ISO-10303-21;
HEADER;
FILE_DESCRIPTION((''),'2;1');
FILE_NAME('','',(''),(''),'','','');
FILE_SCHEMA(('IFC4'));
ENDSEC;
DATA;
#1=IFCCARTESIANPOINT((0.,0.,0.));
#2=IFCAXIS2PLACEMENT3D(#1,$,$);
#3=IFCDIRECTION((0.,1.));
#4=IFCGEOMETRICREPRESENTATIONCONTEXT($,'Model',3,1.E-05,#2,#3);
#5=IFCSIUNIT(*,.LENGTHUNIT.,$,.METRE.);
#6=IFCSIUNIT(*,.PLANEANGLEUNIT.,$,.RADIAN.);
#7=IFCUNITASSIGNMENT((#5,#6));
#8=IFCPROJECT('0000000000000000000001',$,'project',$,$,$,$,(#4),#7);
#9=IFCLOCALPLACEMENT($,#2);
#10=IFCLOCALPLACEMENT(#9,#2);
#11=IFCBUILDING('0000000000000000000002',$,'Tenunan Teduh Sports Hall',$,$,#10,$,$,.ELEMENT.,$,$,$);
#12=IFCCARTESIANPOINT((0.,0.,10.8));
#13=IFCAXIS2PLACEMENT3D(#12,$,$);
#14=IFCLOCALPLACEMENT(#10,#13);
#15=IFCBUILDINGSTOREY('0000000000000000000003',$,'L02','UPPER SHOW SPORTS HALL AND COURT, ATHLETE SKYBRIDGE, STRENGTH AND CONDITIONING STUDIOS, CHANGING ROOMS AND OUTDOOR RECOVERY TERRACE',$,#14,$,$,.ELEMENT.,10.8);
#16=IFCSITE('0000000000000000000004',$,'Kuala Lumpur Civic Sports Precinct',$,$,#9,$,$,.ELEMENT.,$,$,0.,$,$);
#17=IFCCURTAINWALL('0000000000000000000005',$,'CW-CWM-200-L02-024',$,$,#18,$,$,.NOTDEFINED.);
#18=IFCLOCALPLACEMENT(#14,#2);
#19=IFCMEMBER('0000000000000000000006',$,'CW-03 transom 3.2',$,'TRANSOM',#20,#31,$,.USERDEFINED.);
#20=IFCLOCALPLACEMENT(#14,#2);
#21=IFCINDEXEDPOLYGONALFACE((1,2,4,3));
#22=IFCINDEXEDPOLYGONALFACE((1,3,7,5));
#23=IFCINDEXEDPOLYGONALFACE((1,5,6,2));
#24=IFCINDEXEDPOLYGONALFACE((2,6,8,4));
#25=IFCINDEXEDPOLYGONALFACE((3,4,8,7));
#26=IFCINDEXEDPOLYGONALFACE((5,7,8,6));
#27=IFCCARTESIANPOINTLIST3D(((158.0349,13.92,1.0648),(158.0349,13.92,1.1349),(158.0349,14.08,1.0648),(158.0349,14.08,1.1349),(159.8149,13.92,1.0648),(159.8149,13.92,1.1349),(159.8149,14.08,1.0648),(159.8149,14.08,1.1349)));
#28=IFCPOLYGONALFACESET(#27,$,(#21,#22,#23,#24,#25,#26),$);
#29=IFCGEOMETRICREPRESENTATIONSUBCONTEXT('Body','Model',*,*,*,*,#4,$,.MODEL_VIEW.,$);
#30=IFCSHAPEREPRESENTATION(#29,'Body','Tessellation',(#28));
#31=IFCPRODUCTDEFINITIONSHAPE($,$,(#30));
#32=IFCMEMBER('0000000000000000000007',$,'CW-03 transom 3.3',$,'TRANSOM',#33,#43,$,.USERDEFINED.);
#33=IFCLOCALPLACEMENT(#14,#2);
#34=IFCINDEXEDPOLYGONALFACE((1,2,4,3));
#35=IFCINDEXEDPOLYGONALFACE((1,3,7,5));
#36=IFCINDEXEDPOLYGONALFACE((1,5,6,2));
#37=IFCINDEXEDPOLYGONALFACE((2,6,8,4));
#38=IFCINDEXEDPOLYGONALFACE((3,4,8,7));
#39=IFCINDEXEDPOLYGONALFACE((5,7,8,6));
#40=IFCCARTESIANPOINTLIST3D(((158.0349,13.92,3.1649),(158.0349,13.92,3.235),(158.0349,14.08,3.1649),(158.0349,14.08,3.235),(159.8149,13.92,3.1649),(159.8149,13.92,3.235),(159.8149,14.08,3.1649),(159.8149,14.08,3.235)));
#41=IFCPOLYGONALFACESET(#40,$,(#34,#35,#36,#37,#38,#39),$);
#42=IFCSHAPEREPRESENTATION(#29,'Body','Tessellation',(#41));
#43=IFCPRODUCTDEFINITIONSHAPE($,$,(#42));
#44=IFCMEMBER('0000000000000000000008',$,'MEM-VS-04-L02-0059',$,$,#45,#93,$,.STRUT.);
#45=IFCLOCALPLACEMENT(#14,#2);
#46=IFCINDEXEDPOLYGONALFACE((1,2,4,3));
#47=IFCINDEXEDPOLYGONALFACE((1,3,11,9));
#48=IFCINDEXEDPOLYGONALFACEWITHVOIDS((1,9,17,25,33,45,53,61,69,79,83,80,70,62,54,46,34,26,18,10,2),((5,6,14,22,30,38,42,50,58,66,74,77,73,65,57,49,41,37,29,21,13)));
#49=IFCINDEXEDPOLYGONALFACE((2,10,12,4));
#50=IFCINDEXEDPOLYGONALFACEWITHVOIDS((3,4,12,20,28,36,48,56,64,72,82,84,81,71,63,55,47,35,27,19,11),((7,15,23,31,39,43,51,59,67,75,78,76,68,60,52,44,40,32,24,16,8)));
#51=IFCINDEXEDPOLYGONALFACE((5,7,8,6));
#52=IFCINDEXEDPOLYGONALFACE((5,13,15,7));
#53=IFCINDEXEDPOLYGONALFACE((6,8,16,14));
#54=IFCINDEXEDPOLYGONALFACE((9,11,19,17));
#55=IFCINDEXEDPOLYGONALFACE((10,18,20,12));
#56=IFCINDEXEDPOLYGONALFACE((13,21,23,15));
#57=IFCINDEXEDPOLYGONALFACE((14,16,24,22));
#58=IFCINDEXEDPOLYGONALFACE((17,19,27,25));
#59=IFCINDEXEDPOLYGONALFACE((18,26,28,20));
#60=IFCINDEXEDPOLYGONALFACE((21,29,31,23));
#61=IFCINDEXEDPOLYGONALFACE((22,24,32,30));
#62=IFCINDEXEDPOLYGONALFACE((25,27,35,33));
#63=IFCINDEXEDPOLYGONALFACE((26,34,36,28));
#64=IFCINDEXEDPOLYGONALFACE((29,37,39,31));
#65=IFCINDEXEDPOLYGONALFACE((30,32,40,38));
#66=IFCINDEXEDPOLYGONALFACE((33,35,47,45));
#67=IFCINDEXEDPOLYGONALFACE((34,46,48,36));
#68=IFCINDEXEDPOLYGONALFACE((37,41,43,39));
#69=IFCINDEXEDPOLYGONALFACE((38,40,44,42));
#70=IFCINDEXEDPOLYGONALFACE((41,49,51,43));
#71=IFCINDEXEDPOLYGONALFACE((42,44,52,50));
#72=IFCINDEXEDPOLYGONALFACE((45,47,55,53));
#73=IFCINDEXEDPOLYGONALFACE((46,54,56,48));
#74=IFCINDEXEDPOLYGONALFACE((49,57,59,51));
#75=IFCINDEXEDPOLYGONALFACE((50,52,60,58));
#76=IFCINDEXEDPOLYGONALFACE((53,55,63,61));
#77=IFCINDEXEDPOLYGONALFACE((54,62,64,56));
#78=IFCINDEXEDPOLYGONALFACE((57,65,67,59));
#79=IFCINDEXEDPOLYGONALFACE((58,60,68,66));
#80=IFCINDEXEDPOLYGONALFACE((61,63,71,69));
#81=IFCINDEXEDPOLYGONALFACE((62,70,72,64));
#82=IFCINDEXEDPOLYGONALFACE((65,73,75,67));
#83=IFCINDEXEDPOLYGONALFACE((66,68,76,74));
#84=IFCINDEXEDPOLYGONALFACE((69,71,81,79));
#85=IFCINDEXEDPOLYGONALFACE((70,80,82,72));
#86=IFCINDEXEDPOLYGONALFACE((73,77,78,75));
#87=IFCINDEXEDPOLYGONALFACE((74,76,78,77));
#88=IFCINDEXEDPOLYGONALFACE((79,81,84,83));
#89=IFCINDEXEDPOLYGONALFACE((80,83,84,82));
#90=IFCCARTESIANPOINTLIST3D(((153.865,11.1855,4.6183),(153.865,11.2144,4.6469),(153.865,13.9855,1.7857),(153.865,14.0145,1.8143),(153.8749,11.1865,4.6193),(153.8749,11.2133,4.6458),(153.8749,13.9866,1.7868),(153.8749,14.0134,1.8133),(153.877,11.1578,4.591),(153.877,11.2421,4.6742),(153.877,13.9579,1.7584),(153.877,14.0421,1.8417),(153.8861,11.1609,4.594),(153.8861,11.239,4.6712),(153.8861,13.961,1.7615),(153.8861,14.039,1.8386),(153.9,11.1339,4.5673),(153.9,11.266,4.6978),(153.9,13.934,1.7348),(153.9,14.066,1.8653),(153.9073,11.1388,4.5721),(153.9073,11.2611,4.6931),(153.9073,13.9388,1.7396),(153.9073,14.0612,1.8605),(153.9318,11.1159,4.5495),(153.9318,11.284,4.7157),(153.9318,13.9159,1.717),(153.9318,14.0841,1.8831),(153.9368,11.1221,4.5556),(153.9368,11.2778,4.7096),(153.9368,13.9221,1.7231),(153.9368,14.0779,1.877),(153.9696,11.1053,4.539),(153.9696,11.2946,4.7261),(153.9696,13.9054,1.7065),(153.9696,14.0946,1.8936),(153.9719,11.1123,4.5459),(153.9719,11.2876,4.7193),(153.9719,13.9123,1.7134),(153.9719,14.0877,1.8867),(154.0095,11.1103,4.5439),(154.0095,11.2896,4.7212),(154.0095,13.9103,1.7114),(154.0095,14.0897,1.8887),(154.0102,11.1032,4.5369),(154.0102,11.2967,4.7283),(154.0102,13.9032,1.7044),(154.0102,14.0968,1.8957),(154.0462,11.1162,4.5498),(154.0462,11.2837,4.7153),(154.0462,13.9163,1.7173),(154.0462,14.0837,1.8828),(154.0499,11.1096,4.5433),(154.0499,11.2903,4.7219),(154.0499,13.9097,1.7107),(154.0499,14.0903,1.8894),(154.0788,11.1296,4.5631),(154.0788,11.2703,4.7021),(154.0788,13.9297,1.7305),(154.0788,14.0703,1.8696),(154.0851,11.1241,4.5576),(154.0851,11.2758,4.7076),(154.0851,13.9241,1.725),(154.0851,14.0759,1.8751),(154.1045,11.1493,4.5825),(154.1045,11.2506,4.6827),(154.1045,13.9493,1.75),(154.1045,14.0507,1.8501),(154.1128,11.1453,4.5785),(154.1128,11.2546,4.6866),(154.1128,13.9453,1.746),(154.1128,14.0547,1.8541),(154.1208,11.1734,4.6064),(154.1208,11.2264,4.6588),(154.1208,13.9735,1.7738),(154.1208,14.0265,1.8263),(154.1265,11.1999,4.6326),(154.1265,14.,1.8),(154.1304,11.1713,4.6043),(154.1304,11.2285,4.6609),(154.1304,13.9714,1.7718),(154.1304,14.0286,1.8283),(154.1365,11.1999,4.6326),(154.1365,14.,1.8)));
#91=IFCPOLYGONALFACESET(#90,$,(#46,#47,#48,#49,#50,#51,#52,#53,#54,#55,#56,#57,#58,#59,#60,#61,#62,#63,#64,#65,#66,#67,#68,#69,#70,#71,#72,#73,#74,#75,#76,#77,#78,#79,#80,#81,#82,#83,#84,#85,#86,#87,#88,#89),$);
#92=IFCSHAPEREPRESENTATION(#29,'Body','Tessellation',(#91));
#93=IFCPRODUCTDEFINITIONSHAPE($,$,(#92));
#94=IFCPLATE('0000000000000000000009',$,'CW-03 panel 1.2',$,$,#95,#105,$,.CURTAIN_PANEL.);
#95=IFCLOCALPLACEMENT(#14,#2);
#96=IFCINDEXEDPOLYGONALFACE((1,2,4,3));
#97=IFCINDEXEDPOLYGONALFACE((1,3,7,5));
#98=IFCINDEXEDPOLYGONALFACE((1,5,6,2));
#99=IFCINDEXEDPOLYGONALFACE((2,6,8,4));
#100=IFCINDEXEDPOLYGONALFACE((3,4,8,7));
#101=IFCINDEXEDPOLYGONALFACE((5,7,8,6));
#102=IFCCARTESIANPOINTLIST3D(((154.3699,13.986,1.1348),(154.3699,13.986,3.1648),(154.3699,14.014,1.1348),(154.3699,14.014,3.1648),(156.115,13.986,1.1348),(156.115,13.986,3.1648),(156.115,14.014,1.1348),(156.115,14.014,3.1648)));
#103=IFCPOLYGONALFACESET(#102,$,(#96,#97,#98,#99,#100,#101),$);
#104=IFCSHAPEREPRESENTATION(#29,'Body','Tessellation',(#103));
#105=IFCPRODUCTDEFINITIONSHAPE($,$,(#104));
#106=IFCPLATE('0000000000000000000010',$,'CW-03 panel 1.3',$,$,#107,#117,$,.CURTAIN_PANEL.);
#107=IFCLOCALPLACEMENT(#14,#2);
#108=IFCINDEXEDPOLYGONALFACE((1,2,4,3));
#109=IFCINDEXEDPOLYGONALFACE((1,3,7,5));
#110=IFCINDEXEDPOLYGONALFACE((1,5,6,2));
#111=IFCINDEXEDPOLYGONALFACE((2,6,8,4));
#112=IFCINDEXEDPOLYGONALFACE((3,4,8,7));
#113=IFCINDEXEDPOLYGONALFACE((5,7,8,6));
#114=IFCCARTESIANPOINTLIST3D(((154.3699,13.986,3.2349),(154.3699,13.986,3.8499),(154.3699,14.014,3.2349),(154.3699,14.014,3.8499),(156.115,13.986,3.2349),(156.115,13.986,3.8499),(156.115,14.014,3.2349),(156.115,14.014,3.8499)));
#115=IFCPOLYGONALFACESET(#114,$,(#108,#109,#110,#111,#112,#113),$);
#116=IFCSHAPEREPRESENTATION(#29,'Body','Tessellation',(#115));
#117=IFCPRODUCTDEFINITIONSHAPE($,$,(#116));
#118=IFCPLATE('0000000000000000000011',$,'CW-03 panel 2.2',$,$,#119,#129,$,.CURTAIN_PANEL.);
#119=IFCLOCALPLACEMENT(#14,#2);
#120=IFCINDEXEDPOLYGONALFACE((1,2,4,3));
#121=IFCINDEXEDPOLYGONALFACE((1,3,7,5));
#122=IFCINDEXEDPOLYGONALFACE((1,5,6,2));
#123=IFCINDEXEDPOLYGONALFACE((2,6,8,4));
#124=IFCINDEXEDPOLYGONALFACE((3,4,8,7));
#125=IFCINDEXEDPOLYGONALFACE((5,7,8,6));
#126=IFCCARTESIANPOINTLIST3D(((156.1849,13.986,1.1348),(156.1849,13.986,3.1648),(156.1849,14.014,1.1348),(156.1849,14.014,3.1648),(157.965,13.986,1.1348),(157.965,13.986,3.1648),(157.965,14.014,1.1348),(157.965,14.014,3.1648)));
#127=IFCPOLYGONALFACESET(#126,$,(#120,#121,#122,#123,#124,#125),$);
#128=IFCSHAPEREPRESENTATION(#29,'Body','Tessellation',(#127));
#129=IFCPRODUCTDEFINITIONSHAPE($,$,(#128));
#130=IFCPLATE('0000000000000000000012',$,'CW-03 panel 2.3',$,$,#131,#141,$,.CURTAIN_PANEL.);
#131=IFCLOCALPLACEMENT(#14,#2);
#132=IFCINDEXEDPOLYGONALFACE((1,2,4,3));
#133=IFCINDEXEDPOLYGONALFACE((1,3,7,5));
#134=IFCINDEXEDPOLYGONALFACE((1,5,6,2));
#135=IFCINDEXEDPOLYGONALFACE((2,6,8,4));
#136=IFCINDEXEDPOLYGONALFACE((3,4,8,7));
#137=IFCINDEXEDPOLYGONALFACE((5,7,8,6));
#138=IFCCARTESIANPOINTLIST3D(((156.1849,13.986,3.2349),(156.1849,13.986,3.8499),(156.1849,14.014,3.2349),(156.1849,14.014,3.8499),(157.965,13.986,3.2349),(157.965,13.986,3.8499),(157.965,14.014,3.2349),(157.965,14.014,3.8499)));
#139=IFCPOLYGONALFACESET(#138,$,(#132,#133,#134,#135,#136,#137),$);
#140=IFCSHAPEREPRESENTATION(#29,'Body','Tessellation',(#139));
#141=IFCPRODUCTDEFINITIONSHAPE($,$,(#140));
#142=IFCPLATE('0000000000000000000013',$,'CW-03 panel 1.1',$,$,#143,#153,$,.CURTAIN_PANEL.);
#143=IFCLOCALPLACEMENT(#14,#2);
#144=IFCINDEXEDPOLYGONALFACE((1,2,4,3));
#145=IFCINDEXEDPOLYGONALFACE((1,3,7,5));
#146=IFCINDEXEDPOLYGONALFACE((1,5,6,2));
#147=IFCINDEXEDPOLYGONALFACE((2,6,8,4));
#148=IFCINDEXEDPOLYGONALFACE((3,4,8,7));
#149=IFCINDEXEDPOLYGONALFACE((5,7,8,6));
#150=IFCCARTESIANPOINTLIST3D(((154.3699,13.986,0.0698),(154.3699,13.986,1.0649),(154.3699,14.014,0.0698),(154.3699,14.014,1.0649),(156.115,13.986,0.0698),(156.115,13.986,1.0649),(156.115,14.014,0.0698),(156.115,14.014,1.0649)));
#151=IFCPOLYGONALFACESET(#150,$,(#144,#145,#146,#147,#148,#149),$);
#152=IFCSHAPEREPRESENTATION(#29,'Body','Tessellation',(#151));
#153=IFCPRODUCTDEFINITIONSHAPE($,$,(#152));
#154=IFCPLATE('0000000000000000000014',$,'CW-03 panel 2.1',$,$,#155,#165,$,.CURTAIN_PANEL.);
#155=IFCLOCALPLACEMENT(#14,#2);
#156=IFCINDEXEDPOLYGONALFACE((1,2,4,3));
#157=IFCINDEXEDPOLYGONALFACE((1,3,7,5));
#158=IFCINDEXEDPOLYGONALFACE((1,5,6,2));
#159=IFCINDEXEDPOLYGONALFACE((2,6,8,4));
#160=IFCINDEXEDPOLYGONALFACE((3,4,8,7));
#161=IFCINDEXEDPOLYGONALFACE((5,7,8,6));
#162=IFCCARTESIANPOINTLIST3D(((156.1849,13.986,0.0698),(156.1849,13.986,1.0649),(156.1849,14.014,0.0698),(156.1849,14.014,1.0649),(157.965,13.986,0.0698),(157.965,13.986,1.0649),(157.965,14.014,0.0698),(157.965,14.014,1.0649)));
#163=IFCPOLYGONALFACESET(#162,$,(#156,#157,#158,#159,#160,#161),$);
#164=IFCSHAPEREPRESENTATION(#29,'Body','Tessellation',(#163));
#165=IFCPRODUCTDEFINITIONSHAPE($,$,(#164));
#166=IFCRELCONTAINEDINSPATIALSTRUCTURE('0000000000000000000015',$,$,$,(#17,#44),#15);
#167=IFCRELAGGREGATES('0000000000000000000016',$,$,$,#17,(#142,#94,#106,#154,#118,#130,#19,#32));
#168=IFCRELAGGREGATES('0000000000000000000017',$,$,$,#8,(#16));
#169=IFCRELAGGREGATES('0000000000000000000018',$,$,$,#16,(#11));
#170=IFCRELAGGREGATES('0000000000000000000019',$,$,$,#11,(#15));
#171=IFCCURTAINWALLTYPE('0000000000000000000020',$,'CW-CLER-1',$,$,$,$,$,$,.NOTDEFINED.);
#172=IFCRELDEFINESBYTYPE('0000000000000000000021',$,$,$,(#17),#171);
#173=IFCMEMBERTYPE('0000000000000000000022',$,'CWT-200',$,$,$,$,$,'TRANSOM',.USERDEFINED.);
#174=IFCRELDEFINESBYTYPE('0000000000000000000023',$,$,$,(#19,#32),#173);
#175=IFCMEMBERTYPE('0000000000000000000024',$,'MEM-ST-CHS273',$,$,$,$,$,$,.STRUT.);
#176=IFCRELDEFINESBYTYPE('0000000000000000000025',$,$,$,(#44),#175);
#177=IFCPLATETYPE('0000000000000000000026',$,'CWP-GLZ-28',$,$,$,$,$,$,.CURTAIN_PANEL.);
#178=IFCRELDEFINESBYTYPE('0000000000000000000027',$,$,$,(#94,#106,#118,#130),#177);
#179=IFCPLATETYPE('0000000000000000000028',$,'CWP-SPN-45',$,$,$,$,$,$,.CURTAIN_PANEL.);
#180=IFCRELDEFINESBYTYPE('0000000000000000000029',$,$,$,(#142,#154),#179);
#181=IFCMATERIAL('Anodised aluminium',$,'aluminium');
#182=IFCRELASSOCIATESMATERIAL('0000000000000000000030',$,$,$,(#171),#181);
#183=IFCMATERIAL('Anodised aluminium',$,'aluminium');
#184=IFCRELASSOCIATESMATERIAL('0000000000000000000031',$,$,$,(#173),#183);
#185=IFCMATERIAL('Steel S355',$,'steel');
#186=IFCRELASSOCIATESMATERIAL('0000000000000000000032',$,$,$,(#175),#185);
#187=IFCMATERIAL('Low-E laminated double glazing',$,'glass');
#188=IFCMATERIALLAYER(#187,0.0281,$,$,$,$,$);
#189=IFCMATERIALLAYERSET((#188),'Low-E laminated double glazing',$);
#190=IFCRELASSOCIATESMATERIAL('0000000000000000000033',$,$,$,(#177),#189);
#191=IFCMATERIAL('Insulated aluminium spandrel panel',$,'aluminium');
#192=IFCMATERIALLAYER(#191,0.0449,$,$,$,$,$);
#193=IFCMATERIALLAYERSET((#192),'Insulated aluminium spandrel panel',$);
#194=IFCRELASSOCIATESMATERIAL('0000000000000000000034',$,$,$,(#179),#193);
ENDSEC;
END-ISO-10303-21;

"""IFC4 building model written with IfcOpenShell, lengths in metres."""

from ifc_helpers import new_model, si_unit, direction, frame, origin, origin_2d, place, context, subcontext, project, spatial, rectangle, hollow_circle, extrude, material, layer, layer_set, material_profile, profile_set, type_object, element, aggregate, save


model = new_model("IFC4")

# Units and contexts
model_context = context("Model", 3, precision=1e-05, world=origin(), true_north=direction((0.0, 1.0)))
body_context = subcontext(model_context, "Body", "Model", "MODEL_VIEW")
ifc_project = project(units=[si_unit("LENGTHUNIT", "METRE"), si_unit("PLANEANGLEUNIT", "RADIAN")], contexts=[model_context])

# Site, building, storey
site_placement = place(None, origin())
site = spatial("IfcSite", under=ifc_project, at=site_placement, Name="Kuala Lumpur Civic Sports Precinct", CompositionType="ELEMENT", RefElevation=0.0)
building_placement = place(site_placement, origin())
building = spatial("IfcBuilding", under=site, at=building_placement, Name="Tenunan Teduh Sports Hall", CompositionType="ELEMENT")
storey_placement = place(building_placement, frame((0.0, 0.0, 10.8)))
storey = spatial("IfcBuildingStorey", under=building, at=storey_placement, Name="L02", Description="UPPER SHOW SPORTS HALL AND COURT, ATHLETE SKYBRIDGE, STRENGTH AND CONDITIONING STUDIOS, CHANGING ROOMS AND OUTDOOR RECOVERY TERRACE", CompositionType="ELEMENT", Elevation=10.8)

# Curtain wall, members
ifc_material_1 = material(Name="Anodised aluminium", Category="aluminium")
curtain_wall_type = type_object("IfcCurtainWallType", Name="CW-CLER-1", PredefinedType="NOTDEFINED", material=ifc_material_1)
curtain_wall_placement = place(storey_placement, origin())
curtain_wall = element("IfcCurtainWall", 1, at=curtain_wall_placement, inside=storey, type_object=curtain_wall_type, Name="CW-CWM-200-L02-024", PredefinedType="NOTDEFINED")
ifc_material_2 = material(Name="Anodised aluminium", Category="aluminium")
ifc_material_profile_1 = material_profile(ifc_material_2, rectangle(XDim=0.0701, YDim=0.1599, at=origin_2d()), Name="CWT 70x160")
ifc_profile_set_1 = profile_set([ifc_material_profile_1], Name="Anodised aluminium")
member_type_1 = type_object("IfcMemberType", Name="CWT-200", ElementType="TRANSOM", PredefinedType="USERDEFINED", material=ifc_profile_set_1)
member_1_placement = place(storey_placement, frame((158.0349, 14.0, 1.0999), z_axis=(1.0, 0.0, 0.0), x_axis=(0.0, 0.0, 1.0)))
member_1 = element("IfcMember", 2, at=member_1_placement, type_object=member_type_1, Name="CW-03 transom 3.2", ObjectType="TRANSOM", PredefinedType="USERDEFINED", context=body_context, shape_type="SweptSolid", body=[
    extrude(rectangle(XDim=0.0701, YDim=0.1599, at=origin_2d()), origin(), (0.0, 0.0, 1.0), 1.78),
])
member_2_placement = place(storey_placement, frame((158.0349, 14.0, 3.2), z_axis=(1.0, 0.0, 0.0), x_axis=(0.0, 0.0, 1.0)))
member_2 = element("IfcMember", 3, at=member_2_placement, type_object=member_type_1, Name="CW-03 transom 3.3", ObjectType="TRANSOM", PredefinedType="USERDEFINED", context=body_context, shape_type="SweptSolid", body=[
    extrude(rectangle(XDim=0.0701, YDim=0.1599, at=origin_2d()), origin(), (0.0, 0.0, 1.0), 1.78),
])

# Member
ifc_material_3 = material(Name="Steel S355", Category="steel")
ifc_material_profile_2 = material_profile(ifc_material_3, hollow_circle(Radius=0.1365, WallThickness=0.01, at=origin_2d()), Name="CHS 273.0x10.0")
ifc_profile_set_2 = profile_set([ifc_material_profile_2], Name="Steel S355")
member_type_2 = type_object("IfcMemberType", Name="MEM-ST-CHS273", PredefinedType="STRUT", material=ifc_profile_set_2)
member_3_placement = place(storey_placement, frame((154.0, 14.0, 1.8), z_axis=(0.0, -0.703019, 0.711171), x_axis=(1.0, 0.0, 0.0)))
element("IfcMember", 4, at=member_3_placement, inside=storey, type_object=member_type_2, Name="MEM-VS-04-L02-0059", PredefinedType="STRUT", context=body_context, shape_type="SweptSolid", body=[
    extrude(hollow_circle(Radius=0.1365, WallThickness=0.01, at=origin_2d()), origin(), (0.0, 0.0, 1.0), 3.9829),
])

# Plates
ifc_material_4 = material(Name="Low-E laminated double glazing", Category="glass")
ifc_layer_1 = layer(ifc_material_4, 0.0281)
ifc_layer_set_1 = layer_set([ifc_layer_1], Name="Low-E laminated double glazing")
plate_type_1 = type_object("IfcPlateType", Name="CWP-GLZ-28", PredefinedType="CURTAIN_PANEL", material=ifc_layer_set_1)
plate_1_placement = place(storey_placement, frame((155.2424, 14.0, 1.1348), z_axis=(0.0, 0.0, 1.0), x_axis=(1.0, 0.0, 0.0)))
plate_1 = element("IfcPlate", 5, at=plate_1_placement, type_object=plate_type_1, Name="CW-03 panel 1.2", PredefinedType="CURTAIN_PANEL", context=body_context, shape_type="SweptSolid", body=[
    extrude(rectangle(XDim=1.7451, YDim=0.0281, at=origin_2d()), origin(), (0.0, 0.0, 1.0), 2.03),
])
plate_2_placement = place(storey_placement, frame((155.2424, 14.0, 3.2349), z_axis=(0.0, 0.0, 1.0), x_axis=(1.0, 0.0, 0.0)))
plate_2 = element("IfcPlate", 6, at=plate_2_placement, type_object=plate_type_1, Name="CW-03 panel 1.3", PredefinedType="CURTAIN_PANEL", context=body_context, shape_type="SweptSolid", body=[
    extrude(rectangle(XDim=1.7451, YDim=0.0281, at=origin_2d()), origin(), (0.0, 0.0, 1.0), 0.615),
])
plate_3_placement = place(storey_placement, frame((157.075, 14.0, 1.1348), z_axis=(0.0, 0.0, 1.0), x_axis=(1.0, 0.0, 0.0)))
plate_3 = element("IfcPlate", 7, at=plate_3_placement, type_object=plate_type_1, Name="CW-03 panel 2.2", PredefinedType="CURTAIN_PANEL", context=body_context, shape_type="SweptSolid", body=[
    extrude(rectangle(XDim=1.78, YDim=0.0281, at=origin_2d()), origin(), (0.0, 0.0, 1.0), 2.03),
])
plate_4_placement = place(storey_placement, frame((157.075, 14.0, 3.2349), z_axis=(0.0, 0.0, 1.0), x_axis=(1.0, 0.0, 0.0)))
plate_4 = element("IfcPlate", 8, at=plate_4_placement, type_object=plate_type_1, Name="CW-03 panel 2.3", PredefinedType="CURTAIN_PANEL", context=body_context, shape_type="SweptSolid", body=[
    extrude(rectangle(XDim=1.78, YDim=0.0281, at=origin_2d()), origin(), (0.0, 0.0, 1.0), 0.615),
])
ifc_material_5 = material(Name="Insulated aluminium spandrel panel", Category="aluminium")
ifc_layer_2 = layer(ifc_material_5, 0.0449)
ifc_layer_set_2 = layer_set([ifc_layer_2], Name="Insulated aluminium spandrel panel")
plate_type_2 = type_object("IfcPlateType", Name="CWP-SPN-45", PredefinedType="CURTAIN_PANEL", material=ifc_layer_set_2)
plate_5_placement = place(storey_placement, frame((155.2424, 14.0, 0.0698), z_axis=(0.0, 0.0, 1.0), x_axis=(1.0, 0.0, 0.0)))
plate_5 = element("IfcPlate", 9, at=plate_5_placement, type_object=plate_type_2, Name="CW-03 panel 1.1", PredefinedType="CURTAIN_PANEL", context=body_context, shape_type="SweptSolid", body=[
    extrude(rectangle(XDim=1.7451, YDim=0.0281, at=origin_2d()), origin(), (0.0, 0.0, 1.0), 0.9951),
])
plate_6_placement = place(storey_placement, frame((157.075, 14.0, 0.0698), z_axis=(0.0, 0.0, 1.0), x_axis=(1.0, 0.0, 0.0)))
plate_6 = element("IfcPlate", 10, at=plate_6_placement, type_object=plate_type_2, Name="CW-03 panel 2.1", PredefinedType="CURTAIN_PANEL", context=body_context, shape_type="SweptSolid", body=[
    extrude(rectangle(XDim=1.78, YDim=0.0281, at=origin_2d()), origin(), (0.0, 0.0, 1.0), 0.9951),
])
aggregate(curtain_wall, [plate_5, plate_1, plate_2, plate_6, plate_3, plate_4, member_1, member_2])

save(model, "model.ifc")
